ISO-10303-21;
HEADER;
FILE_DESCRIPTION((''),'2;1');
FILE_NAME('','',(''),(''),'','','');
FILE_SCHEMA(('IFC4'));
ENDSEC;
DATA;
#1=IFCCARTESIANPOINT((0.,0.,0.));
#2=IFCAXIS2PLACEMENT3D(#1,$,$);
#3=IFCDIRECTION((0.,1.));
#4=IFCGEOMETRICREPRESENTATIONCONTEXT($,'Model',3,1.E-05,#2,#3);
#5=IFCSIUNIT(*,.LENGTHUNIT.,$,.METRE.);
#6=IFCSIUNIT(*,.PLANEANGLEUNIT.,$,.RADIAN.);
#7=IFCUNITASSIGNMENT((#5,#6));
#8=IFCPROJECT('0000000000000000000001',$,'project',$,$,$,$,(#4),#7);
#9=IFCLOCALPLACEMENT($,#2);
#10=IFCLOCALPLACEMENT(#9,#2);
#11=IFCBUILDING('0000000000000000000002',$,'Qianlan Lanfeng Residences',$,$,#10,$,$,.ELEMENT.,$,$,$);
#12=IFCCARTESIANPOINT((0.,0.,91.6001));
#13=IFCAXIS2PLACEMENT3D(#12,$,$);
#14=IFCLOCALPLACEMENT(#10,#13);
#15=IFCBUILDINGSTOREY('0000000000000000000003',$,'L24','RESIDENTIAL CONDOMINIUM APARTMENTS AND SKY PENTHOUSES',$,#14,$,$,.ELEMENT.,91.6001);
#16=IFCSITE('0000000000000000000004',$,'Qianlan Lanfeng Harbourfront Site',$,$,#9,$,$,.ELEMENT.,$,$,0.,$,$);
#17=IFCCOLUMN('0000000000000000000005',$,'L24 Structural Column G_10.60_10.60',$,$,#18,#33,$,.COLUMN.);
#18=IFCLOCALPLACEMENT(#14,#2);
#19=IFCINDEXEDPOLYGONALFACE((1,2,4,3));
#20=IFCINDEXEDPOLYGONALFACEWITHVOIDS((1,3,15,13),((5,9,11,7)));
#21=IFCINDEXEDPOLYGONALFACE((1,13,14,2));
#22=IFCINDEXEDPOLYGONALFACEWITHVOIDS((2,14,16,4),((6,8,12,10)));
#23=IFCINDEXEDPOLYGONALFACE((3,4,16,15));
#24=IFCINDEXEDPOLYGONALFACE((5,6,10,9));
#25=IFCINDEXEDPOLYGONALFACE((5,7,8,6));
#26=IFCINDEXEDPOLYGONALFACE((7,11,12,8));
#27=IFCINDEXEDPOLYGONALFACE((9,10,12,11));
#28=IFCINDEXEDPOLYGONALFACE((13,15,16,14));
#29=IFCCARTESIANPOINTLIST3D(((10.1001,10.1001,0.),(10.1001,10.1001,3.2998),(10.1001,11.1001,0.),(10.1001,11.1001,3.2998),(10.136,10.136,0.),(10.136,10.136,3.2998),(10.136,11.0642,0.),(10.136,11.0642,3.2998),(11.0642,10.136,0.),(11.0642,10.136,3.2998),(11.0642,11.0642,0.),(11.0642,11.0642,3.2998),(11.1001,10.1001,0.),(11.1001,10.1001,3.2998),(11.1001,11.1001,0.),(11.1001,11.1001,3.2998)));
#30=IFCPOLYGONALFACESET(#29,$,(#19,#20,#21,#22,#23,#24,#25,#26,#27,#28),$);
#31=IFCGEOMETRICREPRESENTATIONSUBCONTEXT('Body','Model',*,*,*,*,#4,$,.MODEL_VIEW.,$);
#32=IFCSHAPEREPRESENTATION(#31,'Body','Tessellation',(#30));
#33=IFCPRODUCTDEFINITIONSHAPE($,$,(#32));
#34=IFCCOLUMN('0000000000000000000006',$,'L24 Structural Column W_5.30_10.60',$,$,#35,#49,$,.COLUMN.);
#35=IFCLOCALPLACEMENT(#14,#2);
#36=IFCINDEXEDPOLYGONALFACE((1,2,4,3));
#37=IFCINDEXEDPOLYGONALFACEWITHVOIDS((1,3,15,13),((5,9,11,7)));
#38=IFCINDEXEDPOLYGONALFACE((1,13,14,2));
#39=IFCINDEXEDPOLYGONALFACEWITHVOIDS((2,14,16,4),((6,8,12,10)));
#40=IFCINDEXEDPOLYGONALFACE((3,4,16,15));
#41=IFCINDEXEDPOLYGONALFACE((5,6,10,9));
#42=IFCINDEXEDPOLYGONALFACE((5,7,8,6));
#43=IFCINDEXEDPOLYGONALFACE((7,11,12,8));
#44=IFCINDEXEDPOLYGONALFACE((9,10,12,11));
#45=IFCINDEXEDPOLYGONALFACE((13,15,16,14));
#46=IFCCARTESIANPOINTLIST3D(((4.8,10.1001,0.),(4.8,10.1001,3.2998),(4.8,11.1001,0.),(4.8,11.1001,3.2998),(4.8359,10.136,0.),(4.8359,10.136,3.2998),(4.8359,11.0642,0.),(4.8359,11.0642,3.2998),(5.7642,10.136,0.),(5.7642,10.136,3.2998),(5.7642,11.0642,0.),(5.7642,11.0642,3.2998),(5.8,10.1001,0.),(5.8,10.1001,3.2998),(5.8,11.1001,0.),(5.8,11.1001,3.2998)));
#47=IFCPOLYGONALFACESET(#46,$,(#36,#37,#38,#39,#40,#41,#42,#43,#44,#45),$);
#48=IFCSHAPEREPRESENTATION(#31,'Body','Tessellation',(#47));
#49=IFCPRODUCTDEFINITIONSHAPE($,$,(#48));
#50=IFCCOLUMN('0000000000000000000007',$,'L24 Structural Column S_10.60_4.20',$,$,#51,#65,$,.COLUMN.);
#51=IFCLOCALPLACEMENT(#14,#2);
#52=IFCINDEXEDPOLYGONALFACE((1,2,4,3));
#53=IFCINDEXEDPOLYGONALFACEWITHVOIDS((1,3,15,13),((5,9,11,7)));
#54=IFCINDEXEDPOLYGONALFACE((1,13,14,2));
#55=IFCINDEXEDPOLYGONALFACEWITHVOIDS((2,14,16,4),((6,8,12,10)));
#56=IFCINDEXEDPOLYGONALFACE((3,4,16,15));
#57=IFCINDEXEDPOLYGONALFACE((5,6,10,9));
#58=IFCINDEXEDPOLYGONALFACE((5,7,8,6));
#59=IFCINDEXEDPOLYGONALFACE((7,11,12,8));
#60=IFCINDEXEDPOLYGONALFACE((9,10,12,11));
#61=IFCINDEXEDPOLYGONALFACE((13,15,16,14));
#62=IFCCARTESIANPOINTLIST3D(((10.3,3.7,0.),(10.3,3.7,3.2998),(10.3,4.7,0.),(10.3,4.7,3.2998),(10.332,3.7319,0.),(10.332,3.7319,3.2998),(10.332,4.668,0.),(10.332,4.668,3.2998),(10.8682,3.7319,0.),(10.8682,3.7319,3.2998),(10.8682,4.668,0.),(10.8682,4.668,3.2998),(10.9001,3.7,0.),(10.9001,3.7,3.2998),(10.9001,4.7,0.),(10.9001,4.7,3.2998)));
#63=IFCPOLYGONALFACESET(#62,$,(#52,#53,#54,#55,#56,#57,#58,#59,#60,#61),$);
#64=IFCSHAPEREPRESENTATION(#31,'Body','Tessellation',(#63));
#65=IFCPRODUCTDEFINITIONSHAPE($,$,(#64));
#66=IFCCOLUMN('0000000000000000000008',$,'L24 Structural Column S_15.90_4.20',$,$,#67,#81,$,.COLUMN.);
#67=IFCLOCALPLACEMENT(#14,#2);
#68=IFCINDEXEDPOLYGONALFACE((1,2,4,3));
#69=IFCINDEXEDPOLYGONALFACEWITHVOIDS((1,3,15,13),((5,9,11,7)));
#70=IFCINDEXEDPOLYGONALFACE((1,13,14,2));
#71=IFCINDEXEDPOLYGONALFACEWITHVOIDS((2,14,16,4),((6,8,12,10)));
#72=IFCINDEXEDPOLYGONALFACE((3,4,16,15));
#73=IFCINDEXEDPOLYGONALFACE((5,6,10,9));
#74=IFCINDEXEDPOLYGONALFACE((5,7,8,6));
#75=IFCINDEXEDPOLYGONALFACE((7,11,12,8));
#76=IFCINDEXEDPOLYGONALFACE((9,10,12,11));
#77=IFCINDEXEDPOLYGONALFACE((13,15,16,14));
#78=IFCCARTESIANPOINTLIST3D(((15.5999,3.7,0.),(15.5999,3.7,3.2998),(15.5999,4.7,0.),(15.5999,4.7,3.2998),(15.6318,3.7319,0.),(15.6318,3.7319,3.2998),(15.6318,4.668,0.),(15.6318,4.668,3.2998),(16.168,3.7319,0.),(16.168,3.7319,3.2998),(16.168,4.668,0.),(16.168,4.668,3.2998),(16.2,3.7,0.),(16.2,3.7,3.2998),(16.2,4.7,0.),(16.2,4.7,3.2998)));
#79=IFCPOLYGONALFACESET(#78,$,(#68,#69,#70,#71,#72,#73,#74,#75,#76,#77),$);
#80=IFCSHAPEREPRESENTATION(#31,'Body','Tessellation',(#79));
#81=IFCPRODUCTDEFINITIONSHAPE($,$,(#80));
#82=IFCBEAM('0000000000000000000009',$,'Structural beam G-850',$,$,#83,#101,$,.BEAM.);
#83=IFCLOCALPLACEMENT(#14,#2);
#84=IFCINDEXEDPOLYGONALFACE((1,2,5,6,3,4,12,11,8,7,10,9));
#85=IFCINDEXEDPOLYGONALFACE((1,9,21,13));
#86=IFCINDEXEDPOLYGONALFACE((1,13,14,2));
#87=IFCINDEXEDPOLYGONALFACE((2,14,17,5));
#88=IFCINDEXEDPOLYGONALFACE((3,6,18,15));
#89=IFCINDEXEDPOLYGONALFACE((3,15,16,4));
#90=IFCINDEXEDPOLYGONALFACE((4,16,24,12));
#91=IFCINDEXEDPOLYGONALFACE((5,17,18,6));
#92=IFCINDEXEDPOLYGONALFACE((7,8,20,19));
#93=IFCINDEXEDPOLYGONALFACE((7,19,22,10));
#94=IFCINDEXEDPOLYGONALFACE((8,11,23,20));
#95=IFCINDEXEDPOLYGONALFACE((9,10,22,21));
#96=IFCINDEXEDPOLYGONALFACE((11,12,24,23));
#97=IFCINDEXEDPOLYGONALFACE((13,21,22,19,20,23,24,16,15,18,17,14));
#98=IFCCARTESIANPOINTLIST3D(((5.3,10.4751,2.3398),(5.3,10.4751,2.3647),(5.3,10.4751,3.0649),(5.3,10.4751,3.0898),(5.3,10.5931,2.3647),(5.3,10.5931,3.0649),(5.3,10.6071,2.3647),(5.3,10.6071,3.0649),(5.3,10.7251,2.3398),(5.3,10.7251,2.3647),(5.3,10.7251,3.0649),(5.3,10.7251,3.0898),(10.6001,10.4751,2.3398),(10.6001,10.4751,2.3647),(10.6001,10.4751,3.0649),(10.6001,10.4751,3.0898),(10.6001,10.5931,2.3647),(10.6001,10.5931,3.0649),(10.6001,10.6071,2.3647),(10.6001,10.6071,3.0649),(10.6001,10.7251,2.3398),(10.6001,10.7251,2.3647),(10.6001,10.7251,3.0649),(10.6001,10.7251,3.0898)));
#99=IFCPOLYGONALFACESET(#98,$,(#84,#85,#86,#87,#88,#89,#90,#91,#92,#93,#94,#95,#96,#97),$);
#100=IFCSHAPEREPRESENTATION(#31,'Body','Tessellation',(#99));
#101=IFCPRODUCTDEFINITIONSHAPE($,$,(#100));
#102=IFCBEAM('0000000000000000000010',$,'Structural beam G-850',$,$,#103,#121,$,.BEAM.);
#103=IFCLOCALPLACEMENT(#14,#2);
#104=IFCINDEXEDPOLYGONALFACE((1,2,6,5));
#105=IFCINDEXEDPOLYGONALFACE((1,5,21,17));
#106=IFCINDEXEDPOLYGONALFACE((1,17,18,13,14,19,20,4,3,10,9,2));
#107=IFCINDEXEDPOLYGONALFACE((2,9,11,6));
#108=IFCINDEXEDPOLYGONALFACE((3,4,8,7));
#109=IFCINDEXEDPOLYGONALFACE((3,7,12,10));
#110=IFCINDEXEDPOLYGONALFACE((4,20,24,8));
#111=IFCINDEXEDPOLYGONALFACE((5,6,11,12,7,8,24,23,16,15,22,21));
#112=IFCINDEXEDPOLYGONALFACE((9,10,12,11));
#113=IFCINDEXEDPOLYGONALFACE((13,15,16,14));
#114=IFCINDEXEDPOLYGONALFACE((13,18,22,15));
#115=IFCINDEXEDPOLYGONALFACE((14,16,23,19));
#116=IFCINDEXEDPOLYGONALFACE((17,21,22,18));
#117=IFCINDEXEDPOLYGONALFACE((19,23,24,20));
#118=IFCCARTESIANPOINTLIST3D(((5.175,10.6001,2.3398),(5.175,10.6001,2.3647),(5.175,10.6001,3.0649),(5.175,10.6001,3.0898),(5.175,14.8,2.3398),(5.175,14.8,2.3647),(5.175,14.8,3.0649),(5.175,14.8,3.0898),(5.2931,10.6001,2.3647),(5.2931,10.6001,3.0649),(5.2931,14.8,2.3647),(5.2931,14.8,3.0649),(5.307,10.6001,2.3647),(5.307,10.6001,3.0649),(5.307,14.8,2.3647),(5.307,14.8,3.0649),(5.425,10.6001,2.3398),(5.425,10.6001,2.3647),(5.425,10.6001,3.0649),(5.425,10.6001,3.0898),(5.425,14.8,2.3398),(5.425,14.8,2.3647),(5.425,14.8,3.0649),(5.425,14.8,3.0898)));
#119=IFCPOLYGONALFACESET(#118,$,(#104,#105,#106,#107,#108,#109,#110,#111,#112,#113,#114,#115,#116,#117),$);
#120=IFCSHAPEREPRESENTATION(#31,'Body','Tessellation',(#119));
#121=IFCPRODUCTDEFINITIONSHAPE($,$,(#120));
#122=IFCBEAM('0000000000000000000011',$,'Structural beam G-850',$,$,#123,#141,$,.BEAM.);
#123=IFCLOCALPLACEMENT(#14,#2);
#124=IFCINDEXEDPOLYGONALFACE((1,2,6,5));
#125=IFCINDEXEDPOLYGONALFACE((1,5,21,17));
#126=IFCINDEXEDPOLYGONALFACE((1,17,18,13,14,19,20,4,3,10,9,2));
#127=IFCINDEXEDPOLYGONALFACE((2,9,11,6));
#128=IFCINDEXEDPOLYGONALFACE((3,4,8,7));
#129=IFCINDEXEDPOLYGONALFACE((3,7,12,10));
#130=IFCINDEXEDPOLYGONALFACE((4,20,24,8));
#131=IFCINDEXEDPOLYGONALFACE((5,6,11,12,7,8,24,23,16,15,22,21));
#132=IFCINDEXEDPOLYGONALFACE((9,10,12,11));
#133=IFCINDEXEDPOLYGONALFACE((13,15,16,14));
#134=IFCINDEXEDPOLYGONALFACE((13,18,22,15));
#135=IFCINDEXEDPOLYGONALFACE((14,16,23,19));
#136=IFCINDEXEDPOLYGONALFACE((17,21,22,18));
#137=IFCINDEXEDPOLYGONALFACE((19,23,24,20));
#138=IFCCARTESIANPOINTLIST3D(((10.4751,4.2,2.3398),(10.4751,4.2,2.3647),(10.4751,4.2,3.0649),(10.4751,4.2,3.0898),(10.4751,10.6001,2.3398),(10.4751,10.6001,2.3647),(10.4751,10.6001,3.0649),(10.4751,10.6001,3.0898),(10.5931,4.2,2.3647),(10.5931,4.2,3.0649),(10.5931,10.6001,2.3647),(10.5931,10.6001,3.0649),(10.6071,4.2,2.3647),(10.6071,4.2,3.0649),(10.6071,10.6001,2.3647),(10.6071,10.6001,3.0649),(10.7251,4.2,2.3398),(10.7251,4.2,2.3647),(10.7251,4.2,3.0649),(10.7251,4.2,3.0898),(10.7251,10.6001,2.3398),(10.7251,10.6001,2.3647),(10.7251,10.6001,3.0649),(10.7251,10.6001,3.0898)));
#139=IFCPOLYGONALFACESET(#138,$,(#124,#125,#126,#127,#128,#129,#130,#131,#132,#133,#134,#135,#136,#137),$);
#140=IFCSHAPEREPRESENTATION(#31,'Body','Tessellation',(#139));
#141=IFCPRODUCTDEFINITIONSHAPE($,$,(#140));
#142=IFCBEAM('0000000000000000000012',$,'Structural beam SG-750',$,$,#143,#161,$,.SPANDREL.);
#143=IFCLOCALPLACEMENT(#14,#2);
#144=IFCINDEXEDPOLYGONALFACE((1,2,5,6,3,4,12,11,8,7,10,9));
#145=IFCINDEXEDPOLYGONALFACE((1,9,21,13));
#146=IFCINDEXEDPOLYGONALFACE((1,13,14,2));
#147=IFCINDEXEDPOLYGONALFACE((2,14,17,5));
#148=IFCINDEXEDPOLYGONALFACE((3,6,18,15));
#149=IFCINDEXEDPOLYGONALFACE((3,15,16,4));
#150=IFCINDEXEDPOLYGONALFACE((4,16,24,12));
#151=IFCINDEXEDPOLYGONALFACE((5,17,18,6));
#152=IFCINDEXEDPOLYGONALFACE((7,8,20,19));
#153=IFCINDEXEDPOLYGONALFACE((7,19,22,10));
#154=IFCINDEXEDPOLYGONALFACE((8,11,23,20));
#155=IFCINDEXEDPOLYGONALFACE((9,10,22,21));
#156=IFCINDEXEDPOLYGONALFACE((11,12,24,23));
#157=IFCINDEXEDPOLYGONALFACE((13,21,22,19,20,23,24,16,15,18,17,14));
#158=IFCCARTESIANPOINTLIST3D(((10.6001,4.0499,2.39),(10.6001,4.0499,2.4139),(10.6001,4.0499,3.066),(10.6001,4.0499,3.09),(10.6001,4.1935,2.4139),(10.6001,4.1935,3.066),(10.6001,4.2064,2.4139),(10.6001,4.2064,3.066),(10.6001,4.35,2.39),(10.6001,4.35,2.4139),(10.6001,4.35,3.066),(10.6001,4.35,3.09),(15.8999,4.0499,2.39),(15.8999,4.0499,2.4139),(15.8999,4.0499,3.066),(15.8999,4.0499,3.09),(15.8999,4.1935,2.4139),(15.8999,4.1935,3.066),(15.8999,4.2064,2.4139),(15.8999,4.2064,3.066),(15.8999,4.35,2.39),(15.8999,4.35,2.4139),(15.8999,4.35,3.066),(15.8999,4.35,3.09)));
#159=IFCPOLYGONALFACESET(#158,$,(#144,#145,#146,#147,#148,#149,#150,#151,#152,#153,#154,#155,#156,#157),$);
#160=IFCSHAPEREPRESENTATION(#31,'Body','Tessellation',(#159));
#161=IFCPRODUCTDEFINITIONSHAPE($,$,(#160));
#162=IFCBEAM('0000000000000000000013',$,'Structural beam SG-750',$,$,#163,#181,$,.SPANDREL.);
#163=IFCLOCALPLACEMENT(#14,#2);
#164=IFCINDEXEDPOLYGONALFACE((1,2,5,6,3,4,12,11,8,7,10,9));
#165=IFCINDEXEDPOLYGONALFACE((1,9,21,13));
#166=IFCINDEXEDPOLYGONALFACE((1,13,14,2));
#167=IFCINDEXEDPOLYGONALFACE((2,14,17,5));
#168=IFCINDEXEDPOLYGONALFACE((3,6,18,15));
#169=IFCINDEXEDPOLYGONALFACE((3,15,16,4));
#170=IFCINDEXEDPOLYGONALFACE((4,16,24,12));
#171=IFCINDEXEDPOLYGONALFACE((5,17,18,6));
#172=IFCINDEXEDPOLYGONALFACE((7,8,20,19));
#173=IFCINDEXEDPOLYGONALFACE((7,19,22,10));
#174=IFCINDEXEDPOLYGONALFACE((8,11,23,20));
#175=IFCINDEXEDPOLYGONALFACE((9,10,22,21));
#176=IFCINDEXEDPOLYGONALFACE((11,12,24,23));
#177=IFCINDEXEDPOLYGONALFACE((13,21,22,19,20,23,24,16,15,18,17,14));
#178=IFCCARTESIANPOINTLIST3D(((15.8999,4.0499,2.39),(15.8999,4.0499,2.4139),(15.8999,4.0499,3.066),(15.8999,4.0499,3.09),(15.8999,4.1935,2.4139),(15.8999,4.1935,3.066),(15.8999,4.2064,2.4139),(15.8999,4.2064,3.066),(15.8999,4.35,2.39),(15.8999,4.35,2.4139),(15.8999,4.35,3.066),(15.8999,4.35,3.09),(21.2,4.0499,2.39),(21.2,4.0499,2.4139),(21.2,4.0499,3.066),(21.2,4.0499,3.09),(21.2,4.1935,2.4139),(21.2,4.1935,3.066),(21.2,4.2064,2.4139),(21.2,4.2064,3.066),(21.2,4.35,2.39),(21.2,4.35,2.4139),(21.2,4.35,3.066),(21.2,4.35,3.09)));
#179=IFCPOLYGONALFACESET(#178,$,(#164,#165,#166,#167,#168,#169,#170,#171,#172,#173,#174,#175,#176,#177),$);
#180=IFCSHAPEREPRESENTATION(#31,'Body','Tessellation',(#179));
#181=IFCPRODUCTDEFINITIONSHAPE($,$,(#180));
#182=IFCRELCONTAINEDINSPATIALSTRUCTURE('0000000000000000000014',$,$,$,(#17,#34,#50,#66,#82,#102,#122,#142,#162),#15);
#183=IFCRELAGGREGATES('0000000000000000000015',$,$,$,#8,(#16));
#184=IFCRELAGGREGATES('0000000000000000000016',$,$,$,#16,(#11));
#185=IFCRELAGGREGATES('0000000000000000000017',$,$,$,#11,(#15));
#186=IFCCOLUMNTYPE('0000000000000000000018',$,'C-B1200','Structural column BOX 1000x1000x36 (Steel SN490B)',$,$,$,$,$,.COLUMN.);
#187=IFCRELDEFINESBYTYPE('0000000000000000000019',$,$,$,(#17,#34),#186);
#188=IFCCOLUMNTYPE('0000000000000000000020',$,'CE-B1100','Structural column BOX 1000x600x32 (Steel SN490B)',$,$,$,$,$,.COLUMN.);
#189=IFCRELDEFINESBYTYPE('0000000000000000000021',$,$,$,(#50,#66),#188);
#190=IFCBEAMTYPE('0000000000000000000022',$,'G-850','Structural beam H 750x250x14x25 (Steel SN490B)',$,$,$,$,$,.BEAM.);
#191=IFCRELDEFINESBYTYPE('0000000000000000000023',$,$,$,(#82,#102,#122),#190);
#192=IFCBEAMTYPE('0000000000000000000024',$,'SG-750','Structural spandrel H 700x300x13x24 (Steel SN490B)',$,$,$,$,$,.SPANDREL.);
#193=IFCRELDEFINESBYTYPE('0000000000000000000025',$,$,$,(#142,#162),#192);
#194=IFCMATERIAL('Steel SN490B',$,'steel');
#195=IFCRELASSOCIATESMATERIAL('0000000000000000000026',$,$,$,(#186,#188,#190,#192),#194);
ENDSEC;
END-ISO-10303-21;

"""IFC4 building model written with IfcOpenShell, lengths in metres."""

from ifc_helpers import new_model, si_unit, direction, frame, origin, origin_2d, place, context, subcontext, project, spatial, hollow_rectangle, i_section, extrude, material, material_profile, profile_set, type_object, element, save


model = new_model("IFC4")

# Units and contexts
model_context = context("Model", 3, precision=1e-05, world=origin(), true_north=direction((0.0, 1.0)))
body_context = subcontext(model_context, "Body", "Model", "MODEL_VIEW")
ifc_project = project(units=[si_unit("LENGTHUNIT", "METRE"), si_unit("PLANEANGLEUNIT", "RADIAN")], contexts=[model_context])

# Site, building, storey
site_placement = place(None, origin())
site = spatial("IfcSite", under=ifc_project, at=site_placement, Name="Qianlan Lanfeng Harbourfront Site", CompositionType="ELEMENT", RefElevation=0.0)
building_placement = place(site_placement, origin())
building = spatial("IfcBuilding", under=site, at=building_placement, Name="Qianlan Lanfeng Residences", CompositionType="ELEMENT")
storey_placement = place(building_placement, frame((0.0, 0.0, 91.6001)))
storey = spatial("IfcBuildingStorey", under=building, at=storey_placement, Name="L24", Description="RESIDENTIAL CONDOMINIUM APARTMENTS AND SKY PENTHOUSES", CompositionType="ELEMENT", Elevation=91.6001)

# Columns
ifc_material_1 = material(Name="Steel SN490B", Category="steel")
ifc_material_profile_1 = material_profile(ifc_material_1, hollow_rectangle(XDim=1.0, YDim=1.0, WallThickness=0.0359, at=origin_2d()), Name="BOX 1000x1000x36")
ifc_profile_set_1 = profile_set([ifc_material_profile_1], Name="Steel SN490B")
column_type_1 = type_object("IfcColumnType", Name="C-B1200", Description="Structural column BOX 1000x1000x36 (Steel SN490B)", PredefinedType="COLUMN", material=ifc_profile_set_1)
for number, where, z_axis, x_axis, name in (
    (1, (10.6001, 10.6001, 0.0), (0.0, 0.0, 1.0), (1.0, 0.0, 0.0), "L24 Structural Column G_10.60_10.60"),
    (2, (5.3, 10.6001, 0.0), (0.0, 0.0, 1.0), (1.0, 0.0, 0.0), "L24 Structural Column W_5.30_10.60"),
):
    element("IfcColumn", number, at=place(storey_placement, frame(where, z_axis=z_axis, x_axis=x_axis)), inside=storey, type_object=column_type_1, Name=name, PredefinedType="COLUMN", context=body_context, shape_type="SweptSolid", body=[
        extrude(hollow_rectangle(XDim=1.0, YDim=1.0, WallThickness=0.0359, at=origin_2d()), origin(), (0.0, 0.0, 1.0), 3.2998),
    ])
ifc_material_profile_2 = material_profile(ifc_material_1, hollow_rectangle(XDim=0.6001, YDim=1.0, WallThickness=0.032, at=origin_2d()), Name="BOX 1000x600x32")
ifc_profile_set_2 = profile_set([ifc_material_profile_2], Name="Steel SN490B")
column_type_2 = type_object("IfcColumnType", Name="CE-B1100", Description="Structural column BOX 1000x600x32 (Steel SN490B)", PredefinedType="COLUMN", material=ifc_profile_set_2)
for number, where, z_axis, x_axis, name in (
    (3, (10.6001, 4.2, 0.0), (0.0, 0.0, 1.0), (1.0, 0.0, 0.0), "L24 Structural Column S_10.60_4.20"),
    (4, (15.8999, 4.2, 0.0), (0.0, 0.0, 1.0), (1.0, 0.0, 0.0), "L24 Structural Column S_15.90_4.20"),
):
    element("IfcColumn", number, at=place(storey_placement, frame(where, z_axis=z_axis, x_axis=x_axis)), inside=storey, type_object=column_type_2, Name=name, PredefinedType="COLUMN", context=body_context, shape_type="SweptSolid", body=[
        extrude(hollow_rectangle(XDim=0.6001, YDim=1.0, WallThickness=0.032, at=origin_2d()), origin(), (0.0, 0.0, 1.0), 3.2998),
    ])

# Beams
ifc_material_profile_3 = material_profile(ifc_material_1, i_section(OverallWidth=0.25, OverallDepth=0.75, WebThickness=0.0139, FlangeThickness=0.0249, at=origin_2d()), Name="H 750x250x14x25")
ifc_profile_set_3 = profile_set([ifc_material_profile_3], Name="Steel SN490B")
beam_type_1 = type_object("IfcBeamType", Name="G-850", Description="Structural beam H 750x250x14x25 (Steel SN490B)", PredefinedType="BEAM", material=ifc_profile_set_3)
beam_1_placement = place(storey_placement, frame((5.3, 10.6001, 2.7148), z_axis=(1.0, 0.0, 0.0), x_axis=(0.0, 1.0, 0.0)))
element("IfcBeam", 5, at=beam_1_placement, inside=storey, type_object=beam_type_1, Name="Structural beam G-850", PredefinedType="BEAM", context=body_context, shape_type="SweptSolid", body=[
    extrude(i_section(OverallWidth=0.25, OverallDepth=0.75, WebThickness=0.0139, FlangeThickness=0.0249, at=origin_2d()), origin(), (0.0, 0.0, 1.0), 5.3),
])
beam_2_placement = place(storey_placement, frame((5.3, 10.6001, 2.7148), z_axis=(0.0, 1.0, 0.0), x_axis=(-1.0, 0.0, 0.0)))
element("IfcBeam", 6, at=beam_2_placement, inside=storey, type_object=beam_type_1, Name="Structural beam G-850", PredefinedType="BEAM", context=body_context, shape_type="SweptSolid", body=[
    extrude(i_section(OverallWidth=0.25, OverallDepth=0.75, WebThickness=0.0139, FlangeThickness=0.0249, at=origin_2d()), origin(), (0.0, 0.0, 1.0), 4.2),
])
beam_3_placement = place(storey_placement, frame((10.6001, 4.2, 2.7148), z_axis=(0.0, 1.0, 0.0), x_axis=(-1.0, 0.0, 0.0)))
element("IfcBeam", 7, at=beam_3_placement, inside=storey, type_object=beam_type_1, Name="Structural beam G-850", PredefinedType="BEAM", context=body_context, shape_type="SweptSolid", body=[
    extrude(i_section(OverallWidth=0.25, OverallDepth=0.75, WebThickness=0.0139, FlangeThickness=0.0249, at=origin_2d()), origin(), (0.0, 0.0, 1.0), 6.4001),
])
ifc_material_profile_4 = material_profile(ifc_material_1, i_section(OverallWidth=0.3, OverallDepth=0.7, WebThickness=0.0129, FlangeThickness=0.0239, at=origin_2d()), Name="H 700x300x13x24")
ifc_profile_set_4 = profile_set([ifc_material_profile_4], Name="Steel SN490B")
beam_type_2 = type_object("IfcBeamType", Name="SG-750", Description="Structural spandrel H 700x300x13x24 (Steel SN490B)", PredefinedType="SPANDREL", material=ifc_profile_set_4)
beam_4_placement = place(storey_placement, frame((10.6001, 4.2, 2.74), z_axis=(1.0, 0.0, 0.0), x_axis=(0.0, 1.0, 0.0)))
element("IfcBeam", 8, at=beam_4_placement, inside=storey, type_object=beam_type_2, Name="Structural beam SG-750", PredefinedType="SPANDREL", context=body_context, shape_type="SweptSolid", body=[
    extrude(i_section(OverallWidth=0.3, OverallDepth=0.7, WebThickness=0.0129, FlangeThickness=0.0239, at=origin_2d()), origin(), (0.0, 0.0, 1.0), 5.2998),
])
beam_5_placement = place(storey_placement, frame((15.8999, 4.2, 2.74), z_axis=(1.0, 0.0, 0.0), x_axis=(0.0, 1.0, 0.0)))
element("IfcBeam", 9, at=beam_5_placement, inside=storey, type_object=beam_type_2, Name="Structural beam SG-750", PredefinedType="SPANDREL", context=body_context, shape_type="SweptSolid", body=[
    extrude(i_section(OverallWidth=0.3, OverallDepth=0.7, WebThickness=0.0129, FlangeThickness=0.0239, at=origin_2d()), origin(), (0.0, 0.0, 1.0), 5.3),
])

save(model, "model.ifc")
